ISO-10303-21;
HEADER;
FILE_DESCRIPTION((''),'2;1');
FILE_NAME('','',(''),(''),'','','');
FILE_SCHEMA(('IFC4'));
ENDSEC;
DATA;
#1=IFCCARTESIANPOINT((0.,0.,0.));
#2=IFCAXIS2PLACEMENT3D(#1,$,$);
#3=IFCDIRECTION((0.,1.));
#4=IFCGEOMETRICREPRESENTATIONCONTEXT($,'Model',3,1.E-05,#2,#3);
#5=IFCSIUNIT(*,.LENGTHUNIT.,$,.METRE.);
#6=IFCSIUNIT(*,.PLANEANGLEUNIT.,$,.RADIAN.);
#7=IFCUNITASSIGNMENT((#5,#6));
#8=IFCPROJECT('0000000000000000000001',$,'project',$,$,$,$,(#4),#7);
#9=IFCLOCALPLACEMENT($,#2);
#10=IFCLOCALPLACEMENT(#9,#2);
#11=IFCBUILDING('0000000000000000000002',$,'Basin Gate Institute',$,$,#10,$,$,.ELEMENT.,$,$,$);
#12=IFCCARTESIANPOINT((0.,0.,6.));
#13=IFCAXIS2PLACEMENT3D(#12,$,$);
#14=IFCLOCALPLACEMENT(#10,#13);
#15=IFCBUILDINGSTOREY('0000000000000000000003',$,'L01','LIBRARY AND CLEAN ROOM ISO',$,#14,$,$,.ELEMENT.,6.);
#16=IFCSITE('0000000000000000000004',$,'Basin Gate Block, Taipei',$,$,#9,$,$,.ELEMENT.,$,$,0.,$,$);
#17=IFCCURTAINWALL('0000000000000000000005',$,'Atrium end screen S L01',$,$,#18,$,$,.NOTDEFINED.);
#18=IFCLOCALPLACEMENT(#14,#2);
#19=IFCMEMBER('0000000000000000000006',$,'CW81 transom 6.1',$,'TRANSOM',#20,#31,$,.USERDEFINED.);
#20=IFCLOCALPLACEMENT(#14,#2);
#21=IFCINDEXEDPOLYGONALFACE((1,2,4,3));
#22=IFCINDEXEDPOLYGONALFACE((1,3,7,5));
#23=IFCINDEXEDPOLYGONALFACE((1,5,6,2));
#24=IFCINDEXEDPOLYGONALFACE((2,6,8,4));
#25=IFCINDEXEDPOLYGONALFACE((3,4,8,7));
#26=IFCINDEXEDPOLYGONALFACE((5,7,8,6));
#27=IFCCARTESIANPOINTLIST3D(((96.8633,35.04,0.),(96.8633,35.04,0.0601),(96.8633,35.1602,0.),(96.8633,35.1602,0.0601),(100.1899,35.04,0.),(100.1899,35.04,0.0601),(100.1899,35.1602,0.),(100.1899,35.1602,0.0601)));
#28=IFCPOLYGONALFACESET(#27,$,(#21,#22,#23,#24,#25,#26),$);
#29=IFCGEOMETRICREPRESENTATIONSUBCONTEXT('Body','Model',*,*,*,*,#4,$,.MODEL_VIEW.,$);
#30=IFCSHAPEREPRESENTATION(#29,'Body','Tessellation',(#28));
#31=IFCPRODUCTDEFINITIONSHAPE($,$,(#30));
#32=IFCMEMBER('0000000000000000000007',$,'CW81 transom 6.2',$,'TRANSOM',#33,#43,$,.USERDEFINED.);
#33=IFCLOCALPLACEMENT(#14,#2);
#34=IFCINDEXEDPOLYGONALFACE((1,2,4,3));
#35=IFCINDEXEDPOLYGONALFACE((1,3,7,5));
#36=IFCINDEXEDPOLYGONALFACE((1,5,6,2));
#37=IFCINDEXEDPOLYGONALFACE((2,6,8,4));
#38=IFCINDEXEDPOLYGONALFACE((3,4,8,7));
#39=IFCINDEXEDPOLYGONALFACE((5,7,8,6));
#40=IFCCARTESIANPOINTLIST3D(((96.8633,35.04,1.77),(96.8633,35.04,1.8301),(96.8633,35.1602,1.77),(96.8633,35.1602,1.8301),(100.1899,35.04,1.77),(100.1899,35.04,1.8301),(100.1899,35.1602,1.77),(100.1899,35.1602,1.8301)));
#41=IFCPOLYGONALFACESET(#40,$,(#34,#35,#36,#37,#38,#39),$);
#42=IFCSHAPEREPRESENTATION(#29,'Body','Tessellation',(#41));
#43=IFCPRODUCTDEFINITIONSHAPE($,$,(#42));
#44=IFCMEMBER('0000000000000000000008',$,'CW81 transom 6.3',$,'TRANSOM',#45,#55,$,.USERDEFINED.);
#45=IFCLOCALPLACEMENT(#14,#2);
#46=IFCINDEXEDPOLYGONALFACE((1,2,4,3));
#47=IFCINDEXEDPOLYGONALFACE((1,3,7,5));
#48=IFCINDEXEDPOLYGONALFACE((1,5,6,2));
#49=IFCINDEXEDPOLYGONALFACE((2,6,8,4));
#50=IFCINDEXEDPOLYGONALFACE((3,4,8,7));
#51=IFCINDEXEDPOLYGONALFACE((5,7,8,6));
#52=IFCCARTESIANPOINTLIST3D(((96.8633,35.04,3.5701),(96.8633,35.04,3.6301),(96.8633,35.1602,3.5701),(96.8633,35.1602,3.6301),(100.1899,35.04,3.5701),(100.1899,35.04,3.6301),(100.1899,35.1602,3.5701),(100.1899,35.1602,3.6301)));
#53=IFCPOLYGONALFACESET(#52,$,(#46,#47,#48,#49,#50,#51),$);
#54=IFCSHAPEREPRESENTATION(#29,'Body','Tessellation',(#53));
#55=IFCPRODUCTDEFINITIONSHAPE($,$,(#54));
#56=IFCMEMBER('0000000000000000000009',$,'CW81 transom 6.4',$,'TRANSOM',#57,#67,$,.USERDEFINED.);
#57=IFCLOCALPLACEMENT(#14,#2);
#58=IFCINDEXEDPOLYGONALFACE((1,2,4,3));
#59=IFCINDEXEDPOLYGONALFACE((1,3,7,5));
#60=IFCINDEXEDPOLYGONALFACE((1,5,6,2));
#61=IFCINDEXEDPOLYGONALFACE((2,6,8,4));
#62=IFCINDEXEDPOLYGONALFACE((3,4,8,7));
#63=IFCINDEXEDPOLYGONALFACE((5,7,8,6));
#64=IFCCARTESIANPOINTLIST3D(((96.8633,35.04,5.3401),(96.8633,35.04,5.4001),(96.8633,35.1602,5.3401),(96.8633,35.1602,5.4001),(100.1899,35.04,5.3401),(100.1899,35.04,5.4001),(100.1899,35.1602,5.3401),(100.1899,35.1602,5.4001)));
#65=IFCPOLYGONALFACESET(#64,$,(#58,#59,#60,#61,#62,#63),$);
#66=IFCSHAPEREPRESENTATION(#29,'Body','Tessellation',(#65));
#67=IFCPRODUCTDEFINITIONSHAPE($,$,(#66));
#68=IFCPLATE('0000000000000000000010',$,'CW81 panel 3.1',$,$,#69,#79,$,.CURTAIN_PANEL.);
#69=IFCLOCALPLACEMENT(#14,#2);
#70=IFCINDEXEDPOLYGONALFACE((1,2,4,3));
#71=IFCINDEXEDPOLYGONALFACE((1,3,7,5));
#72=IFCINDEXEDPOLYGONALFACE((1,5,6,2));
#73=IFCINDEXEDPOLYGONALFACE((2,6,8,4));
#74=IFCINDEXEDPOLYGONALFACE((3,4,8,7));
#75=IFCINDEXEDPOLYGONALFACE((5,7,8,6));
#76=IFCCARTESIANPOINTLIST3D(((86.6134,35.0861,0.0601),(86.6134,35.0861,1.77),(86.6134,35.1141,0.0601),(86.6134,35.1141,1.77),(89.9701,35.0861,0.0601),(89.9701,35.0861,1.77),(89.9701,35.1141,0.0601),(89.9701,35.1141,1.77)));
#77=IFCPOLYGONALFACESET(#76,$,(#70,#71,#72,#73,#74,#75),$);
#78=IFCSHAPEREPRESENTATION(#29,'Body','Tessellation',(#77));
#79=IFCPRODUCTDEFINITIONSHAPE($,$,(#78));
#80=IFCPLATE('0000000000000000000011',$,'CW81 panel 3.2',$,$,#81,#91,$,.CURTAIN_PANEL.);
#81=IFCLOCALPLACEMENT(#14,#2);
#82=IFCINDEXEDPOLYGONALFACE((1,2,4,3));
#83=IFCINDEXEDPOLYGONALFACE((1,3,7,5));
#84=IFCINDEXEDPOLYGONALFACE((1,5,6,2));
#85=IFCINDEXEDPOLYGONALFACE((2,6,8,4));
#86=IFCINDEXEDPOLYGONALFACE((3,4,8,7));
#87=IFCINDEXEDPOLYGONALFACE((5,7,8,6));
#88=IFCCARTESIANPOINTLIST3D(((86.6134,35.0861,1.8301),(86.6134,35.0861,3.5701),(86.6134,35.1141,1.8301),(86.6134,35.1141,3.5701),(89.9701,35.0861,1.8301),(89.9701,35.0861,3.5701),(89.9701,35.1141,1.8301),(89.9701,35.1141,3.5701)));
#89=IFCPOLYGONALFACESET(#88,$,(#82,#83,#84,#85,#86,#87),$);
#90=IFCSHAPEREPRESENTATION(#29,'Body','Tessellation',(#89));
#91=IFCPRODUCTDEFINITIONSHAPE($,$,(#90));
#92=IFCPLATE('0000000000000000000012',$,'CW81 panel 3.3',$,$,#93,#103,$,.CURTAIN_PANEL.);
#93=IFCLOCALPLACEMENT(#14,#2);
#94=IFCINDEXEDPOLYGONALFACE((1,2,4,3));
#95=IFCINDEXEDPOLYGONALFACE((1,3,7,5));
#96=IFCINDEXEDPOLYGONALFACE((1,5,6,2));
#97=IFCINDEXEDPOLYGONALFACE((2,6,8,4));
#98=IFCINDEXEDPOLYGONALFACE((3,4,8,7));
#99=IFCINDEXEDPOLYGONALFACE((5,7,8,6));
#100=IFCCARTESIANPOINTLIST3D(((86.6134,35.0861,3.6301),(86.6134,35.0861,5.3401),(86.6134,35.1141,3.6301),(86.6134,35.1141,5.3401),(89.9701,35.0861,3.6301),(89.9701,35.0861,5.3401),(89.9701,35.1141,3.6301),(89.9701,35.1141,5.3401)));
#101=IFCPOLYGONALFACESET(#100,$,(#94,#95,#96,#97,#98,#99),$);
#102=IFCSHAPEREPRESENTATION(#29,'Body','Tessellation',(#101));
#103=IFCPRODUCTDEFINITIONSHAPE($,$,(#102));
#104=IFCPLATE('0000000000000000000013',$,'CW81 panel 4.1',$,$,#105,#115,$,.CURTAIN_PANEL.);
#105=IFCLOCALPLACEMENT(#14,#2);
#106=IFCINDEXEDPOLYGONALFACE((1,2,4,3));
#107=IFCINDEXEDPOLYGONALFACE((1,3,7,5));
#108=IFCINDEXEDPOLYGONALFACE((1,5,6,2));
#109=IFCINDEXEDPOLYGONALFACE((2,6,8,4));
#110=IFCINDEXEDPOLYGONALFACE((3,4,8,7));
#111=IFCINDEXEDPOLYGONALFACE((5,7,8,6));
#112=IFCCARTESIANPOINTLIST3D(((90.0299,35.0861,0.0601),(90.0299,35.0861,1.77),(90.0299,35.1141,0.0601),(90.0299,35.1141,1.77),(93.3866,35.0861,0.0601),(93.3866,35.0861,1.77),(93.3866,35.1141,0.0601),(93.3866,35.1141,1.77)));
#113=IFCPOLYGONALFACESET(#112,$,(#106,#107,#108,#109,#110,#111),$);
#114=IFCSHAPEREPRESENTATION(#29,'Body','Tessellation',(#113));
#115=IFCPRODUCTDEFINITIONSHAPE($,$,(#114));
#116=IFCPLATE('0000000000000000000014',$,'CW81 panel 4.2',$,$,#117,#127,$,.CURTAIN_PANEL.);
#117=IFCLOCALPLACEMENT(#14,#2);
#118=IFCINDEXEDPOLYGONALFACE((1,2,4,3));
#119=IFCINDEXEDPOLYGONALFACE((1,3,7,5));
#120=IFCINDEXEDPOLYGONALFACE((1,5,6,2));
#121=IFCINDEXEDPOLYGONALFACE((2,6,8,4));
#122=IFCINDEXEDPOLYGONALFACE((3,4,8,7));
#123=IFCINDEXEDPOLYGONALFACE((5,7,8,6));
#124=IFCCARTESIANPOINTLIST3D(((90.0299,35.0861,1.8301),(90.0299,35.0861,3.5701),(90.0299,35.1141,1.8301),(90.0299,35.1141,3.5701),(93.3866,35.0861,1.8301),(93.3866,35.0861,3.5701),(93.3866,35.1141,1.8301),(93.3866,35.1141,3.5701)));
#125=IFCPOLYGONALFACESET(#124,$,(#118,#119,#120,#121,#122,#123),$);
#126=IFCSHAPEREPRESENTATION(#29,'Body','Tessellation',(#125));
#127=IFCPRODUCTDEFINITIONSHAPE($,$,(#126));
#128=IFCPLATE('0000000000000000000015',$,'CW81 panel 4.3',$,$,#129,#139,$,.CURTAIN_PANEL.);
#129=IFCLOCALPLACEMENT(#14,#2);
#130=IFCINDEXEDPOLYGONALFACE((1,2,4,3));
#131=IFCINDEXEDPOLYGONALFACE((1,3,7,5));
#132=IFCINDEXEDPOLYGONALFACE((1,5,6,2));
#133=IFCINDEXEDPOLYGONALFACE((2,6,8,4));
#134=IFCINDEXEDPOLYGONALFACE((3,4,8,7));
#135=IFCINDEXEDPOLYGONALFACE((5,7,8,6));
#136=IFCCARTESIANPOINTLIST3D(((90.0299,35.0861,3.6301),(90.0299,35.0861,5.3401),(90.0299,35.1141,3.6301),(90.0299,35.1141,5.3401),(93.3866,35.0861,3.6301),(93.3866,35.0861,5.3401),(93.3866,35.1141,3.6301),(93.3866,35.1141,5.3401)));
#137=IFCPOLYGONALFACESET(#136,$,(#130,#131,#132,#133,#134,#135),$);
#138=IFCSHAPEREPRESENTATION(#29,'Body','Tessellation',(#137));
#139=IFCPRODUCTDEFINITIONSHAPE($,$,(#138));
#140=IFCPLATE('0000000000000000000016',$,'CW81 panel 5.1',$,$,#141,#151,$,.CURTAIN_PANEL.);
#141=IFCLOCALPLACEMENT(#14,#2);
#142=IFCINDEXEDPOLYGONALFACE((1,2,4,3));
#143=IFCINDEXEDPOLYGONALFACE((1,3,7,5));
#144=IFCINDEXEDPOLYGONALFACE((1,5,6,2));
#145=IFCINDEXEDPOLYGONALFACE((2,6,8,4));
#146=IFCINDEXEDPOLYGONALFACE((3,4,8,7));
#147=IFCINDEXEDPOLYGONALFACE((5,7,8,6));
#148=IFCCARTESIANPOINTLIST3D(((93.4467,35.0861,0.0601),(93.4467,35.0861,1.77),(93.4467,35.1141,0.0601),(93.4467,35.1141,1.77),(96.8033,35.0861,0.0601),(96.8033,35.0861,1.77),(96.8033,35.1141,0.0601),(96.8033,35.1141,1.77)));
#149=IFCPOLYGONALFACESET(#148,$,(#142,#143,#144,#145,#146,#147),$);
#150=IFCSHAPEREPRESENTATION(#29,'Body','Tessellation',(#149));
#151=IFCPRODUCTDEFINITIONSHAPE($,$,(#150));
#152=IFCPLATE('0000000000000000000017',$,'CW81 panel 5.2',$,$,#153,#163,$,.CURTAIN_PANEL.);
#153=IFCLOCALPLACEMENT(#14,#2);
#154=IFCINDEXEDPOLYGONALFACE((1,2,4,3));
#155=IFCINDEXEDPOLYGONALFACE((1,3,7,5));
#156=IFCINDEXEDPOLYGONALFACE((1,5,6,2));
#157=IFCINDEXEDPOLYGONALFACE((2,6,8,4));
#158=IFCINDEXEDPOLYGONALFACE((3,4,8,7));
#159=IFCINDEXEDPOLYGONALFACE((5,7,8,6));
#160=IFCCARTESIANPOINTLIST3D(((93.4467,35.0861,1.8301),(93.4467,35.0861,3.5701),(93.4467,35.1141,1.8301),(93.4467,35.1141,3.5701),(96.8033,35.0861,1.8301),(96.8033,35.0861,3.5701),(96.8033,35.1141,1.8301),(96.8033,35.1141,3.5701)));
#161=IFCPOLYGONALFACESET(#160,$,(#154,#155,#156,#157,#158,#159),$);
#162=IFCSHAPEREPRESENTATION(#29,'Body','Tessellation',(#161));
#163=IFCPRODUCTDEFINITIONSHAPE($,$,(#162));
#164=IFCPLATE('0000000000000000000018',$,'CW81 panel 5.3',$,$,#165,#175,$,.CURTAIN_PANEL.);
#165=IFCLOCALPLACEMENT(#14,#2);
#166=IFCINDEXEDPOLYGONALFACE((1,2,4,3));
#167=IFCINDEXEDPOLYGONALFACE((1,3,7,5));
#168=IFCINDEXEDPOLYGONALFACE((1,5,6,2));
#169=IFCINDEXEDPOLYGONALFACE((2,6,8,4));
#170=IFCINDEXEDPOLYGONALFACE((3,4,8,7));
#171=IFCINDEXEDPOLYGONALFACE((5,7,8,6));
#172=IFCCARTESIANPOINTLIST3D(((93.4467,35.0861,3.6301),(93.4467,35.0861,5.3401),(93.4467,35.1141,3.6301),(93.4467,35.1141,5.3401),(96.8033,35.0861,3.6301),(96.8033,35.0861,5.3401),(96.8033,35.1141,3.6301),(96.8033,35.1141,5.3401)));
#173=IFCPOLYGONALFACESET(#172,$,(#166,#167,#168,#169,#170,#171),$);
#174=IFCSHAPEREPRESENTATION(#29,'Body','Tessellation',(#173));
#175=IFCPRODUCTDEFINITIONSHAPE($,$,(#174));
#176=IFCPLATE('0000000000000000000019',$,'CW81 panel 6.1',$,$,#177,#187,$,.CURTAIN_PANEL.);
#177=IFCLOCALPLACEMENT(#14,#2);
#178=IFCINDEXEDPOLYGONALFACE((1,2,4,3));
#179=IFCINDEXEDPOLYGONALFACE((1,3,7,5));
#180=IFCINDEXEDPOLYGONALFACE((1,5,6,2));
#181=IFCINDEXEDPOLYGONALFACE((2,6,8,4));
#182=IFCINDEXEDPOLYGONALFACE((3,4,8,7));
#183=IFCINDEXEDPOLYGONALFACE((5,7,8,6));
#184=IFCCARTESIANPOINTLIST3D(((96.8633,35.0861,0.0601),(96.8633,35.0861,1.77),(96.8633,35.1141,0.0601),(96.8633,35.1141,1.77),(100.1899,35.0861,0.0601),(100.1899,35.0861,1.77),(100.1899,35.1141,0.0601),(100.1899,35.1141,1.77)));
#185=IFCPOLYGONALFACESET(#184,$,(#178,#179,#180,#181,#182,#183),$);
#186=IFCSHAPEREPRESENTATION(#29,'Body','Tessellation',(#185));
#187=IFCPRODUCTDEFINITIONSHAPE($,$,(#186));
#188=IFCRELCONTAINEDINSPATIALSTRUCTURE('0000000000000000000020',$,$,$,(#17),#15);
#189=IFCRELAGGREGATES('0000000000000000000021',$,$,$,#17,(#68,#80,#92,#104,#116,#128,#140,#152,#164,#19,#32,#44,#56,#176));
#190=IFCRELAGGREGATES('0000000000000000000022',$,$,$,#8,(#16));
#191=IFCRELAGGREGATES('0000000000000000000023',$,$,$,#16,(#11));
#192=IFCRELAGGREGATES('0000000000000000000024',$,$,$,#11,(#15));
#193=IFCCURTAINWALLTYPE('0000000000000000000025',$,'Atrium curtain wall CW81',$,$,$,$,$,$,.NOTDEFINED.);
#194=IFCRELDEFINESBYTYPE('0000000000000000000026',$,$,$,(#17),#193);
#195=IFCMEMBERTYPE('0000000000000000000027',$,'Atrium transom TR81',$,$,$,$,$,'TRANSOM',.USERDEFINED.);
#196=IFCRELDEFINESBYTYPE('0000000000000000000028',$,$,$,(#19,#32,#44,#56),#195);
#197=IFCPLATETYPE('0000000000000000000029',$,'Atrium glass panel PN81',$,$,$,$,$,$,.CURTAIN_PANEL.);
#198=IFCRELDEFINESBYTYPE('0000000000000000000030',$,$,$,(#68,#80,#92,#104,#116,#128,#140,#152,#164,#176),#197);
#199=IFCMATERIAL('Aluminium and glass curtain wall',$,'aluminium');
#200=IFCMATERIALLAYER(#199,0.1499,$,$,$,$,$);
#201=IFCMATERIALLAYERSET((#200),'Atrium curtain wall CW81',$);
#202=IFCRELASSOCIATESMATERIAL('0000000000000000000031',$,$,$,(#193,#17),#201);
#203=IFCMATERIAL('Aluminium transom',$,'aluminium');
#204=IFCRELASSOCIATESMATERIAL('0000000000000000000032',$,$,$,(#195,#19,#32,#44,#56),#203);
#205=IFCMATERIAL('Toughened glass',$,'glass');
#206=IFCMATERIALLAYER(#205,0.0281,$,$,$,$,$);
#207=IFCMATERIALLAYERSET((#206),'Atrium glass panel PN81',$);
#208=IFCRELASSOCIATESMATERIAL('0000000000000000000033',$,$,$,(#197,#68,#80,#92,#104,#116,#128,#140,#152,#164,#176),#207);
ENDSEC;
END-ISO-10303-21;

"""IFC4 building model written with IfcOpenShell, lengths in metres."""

from ifc_helpers import new_model, si_unit, direction, frame, origin, origin_2d, place, context, subcontext, project, spatial, rectangle, extrude, material, layer, layer_set, material_profile, profile_set, type_object, element, aggregate, save


model = new_model("IFC4")

# Units and contexts
model_context = context("Model", 3, precision=1e-05, world=origin(), true_north=direction((0.0, 1.0)))
body_context = subcontext(model_context, "Body", "Model", "MODEL_VIEW")
ifc_project = project(units=[si_unit("LENGTHUNIT", "METRE"), si_unit("PLANEANGLEUNIT", "RADIAN")], contexts=[model_context])

# Site, building, storey
site_placement = place(None, origin())
site = spatial("IfcSite", under=ifc_project, at=site_placement, Name="Basin Gate Block, Taipei", CompositionType="ELEMENT", RefElevation=0.0)
building_placement = place(site_placement, origin())
building = spatial("IfcBuilding", under=site, at=building_placement, Name="Basin Gate Institute", CompositionType="ELEMENT")
storey_placement = place(building_placement, frame((0.0, 0.0, 6.0)))
storey = spatial("IfcBuildingStorey", under=building, at=storey_placement, Name="L01", Description="LIBRARY AND CLEAN ROOM ISO", CompositionType="ELEMENT", Elevation=6.0)

# Curtain wall, members, plates
ifc_material_1 = material(Name="Aluminium and glass curtain wall", Category="aluminium")
ifc_layer_1 = layer(ifc_material_1, 0.1499)
ifc_layer_set_1 = layer_set([ifc_layer_1], Name="Atrium curtain wall CW81")
curtain_wall_type = type_object("IfcCurtainWallType", Name="Atrium curtain wall CW81", PredefinedType="NOTDEFINED", material=ifc_layer_set_1)
curtain_wall_placement = place(storey_placement, origin())
curtain_wall = element("IfcCurtainWall", 1, at=curtain_wall_placement, inside=storey, type_object=curtain_wall_type, material=ifc_layer_set_1, Name="Atrium end screen S L01", PredefinedType="NOTDEFINED")
ifc_material_2 = material(Name="Aluminium transom", Category="aluminium")
ifc_material_profile_1 = material_profile(ifc_material_2, rectangle(XDim=0.1201, YDim=0.0601, at=origin_2d()), Name="Atrium transom TR81 120 x 60")
ifc_profile_set_1 = profile_set([ifc_material_profile_1], Name="Aluminium transom")
member_type_1 = type_object("IfcMemberType", Name="Atrium transom TR81", ElementType="TRANSOM", PredefinedType="USERDEFINED", material=ifc_profile_set_1)
member_1_placement = place(storey_placement, frame((96.8633, 35.1001, 0.03), z_axis=(1.0, 0.0, 0.0), x_axis=(0.0, 1.0, 0.0)))
member_1 = element("IfcMember", 2, at=member_1_placement, type_object=member_type_1, material=ifc_profile_set_1, Name="CW81 transom 6.1", ObjectType="TRANSOM", PredefinedType="USERDEFINED", context=body_context, shape_type="SweptSolid", body=[
    extrude(rectangle(XDim=0.1201, YDim=0.0601, at=origin_2d()), origin(), (0.0, 0.0, 1.0), 3.3267),
])
member_2_placement = place(storey_placement, frame((96.8633, 35.1001, 1.8), z_axis=(1.0, 0.0, 0.0), x_axis=(0.0, 1.0, 0.0)))
member_2 = element("IfcMember", 3, at=member_2_placement, type_object=member_type_1, material=ifc_profile_set_1, Name="CW81 transom 6.2", ObjectType="TRANSOM", PredefinedType="USERDEFINED", context=body_context, shape_type="SweptSolid", body=[
    extrude(rectangle(XDim=0.1201, YDim=0.0601, at=origin_2d()), origin(), (0.0, 0.0, 1.0), 3.3267),
])
member_3_placement = place(storey_placement, frame((96.8633, 35.1001, 3.6001), z_axis=(1.0, 0.0, 0.0), x_axis=(0.0, 1.0, 0.0)))
member_3 = element("IfcMember", 4, at=member_3_placement, type_object=member_type_1, material=ifc_profile_set_1, Name="CW81 transom 6.3", ObjectType="TRANSOM", PredefinedType="USERDEFINED", context=body_context, shape_type="SweptSolid", body=[
    extrude(rectangle(XDim=0.1201, YDim=0.0601, at=origin_2d()), origin(), (0.0, 0.0, 1.0), 3.3267),
])
member_4_placement = place(storey_placement, frame((96.8633, 35.1001, 5.3701), z_axis=(1.0, 0.0, 0.0), x_axis=(0.0, 1.0, 0.0)))
member_4 = element("IfcMember", 5, at=member_4_placement, type_object=member_type_1, material=ifc_profile_set_1, Name="CW81 transom 6.4", ObjectType="TRANSOM", PredefinedType="USERDEFINED", context=body_context, shape_type="SweptSolid", body=[
    extrude(rectangle(XDim=0.1201, YDim=0.0601, at=origin_2d()), origin(), (0.0, 0.0, 1.0), 3.3267),
])
ifc_material_3 = material(Name="Toughened glass", Category="glass")
ifc_layer_2 = layer(ifc_material_3, 0.0281)
ifc_layer_set_2 = layer_set([ifc_layer_2], Name="Atrium glass panel PN81")
plate_type = type_object("IfcPlateType", Name="Atrium glass panel PN81", PredefinedType="CURTAIN_PANEL", material=ifc_layer_set_2)
plate_1_placement = place(storey_placement, frame((88.2917, 35.1001, 0.0601), z_axis=(0.0, 0.0, 1.0), x_axis=(1.0, 0.0, 0.0)))
plate_1 = element("IfcPlate", 6, at=plate_1_placement, type_object=plate_type, material=ifc_layer_set_2, Name="CW81 panel 3.1", PredefinedType="CURTAIN_PANEL", context=body_context, shape_type="SweptSolid", body=[
    extrude(rectangle(XDim=3.3567, YDim=0.0281, at=origin_2d()), origin(), (0.0, 0.0, 1.0), 1.71),
])
plate_2_placement = place(storey_placement, frame((88.2917, 35.1001, 1.8301), z_axis=(0.0, 0.0, 1.0), x_axis=(1.0, 0.0, 0.0)))
plate_2 = element("IfcPlate", 7, at=plate_2_placement, type_object=plate_type, material=ifc_layer_set_2, Name="CW81 panel 3.2", PredefinedType="CURTAIN_PANEL", context=body_context, shape_type="SweptSolid", body=[
    extrude(rectangle(XDim=3.3567, YDim=0.0281, at=origin_2d()), origin(), (0.0, 0.0, 1.0), 1.74),
])
plate_3_placement = place(storey_placement, frame((88.2917, 35.1001, 3.6301), z_axis=(0.0, 0.0, 1.0), x_axis=(1.0, 0.0, 0.0)))
plate_3 = element("IfcPlate", 8, at=plate_3_placement, type_object=plate_type, material=ifc_layer_set_2, Name="CW81 panel 3.3", PredefinedType="CURTAIN_PANEL", context=body_context, shape_type="SweptSolid", body=[
    extrude(rectangle(XDim=3.3567, YDim=0.0281, at=origin_2d()), origin(), (0.0, 0.0, 1.0), 1.71),
])
plate_4_placement = place(storey_placement, frame((91.7083, 35.1001, 0.0601), z_axis=(0.0, 0.0, 1.0), x_axis=(1.0, 0.0, 0.0)))
plate_4 = element("IfcPlate", 9, at=plate_4_placement, type_object=plate_type, material=ifc_layer_set_2, Name="CW81 panel 4.1", PredefinedType="CURTAIN_PANEL", context=body_context, shape_type="SweptSolid", body=[
    extrude(rectangle(XDim=3.3567, YDim=0.0281, at=origin_2d()), origin(), (0.0, 0.0, 1.0), 1.71),
])
plate_5_placement = place(storey_placement, frame((91.7083, 35.1001, 1.8301), z_axis=(0.0, 0.0, 1.0), x_axis=(1.0, 0.0, 0.0)))
plate_5 = element("IfcPlate", 10, at=plate_5_placement, type_object=plate_type, material=ifc_layer_set_2, Name="CW81 panel 4.2", PredefinedType="CURTAIN_PANEL", context=body_context, shape_type="SweptSolid", body=[
    extrude(rectangle(XDim=3.3567, YDim=0.0281, at=origin_2d()), origin(), (0.0, 0.0, 1.0), 1.74),
])
plate_6_placement = place(storey_placement, frame((91.7083, 35.1001, 3.6301), z_axis=(0.0, 0.0, 1.0), x_axis=(1.0, 0.0, 0.0)))
plate_6 = element("IfcPlate", 11, at=plate_6_placement, type_object=plate_type, material=ifc_layer_set_2, Name="CW81 panel 4.3", PredefinedType="CURTAIN_PANEL", context=body_context, shape_type="SweptSolid", body=[
    extrude(rectangle(XDim=3.3567, YDim=0.0281, at=origin_2d()), origin(), (0.0, 0.0, 1.0), 1.71),
])
plate_7_placement = place(storey_placement, frame((95.125, 35.1001, 0.0601), z_axis=(0.0, 0.0, 1.0), x_axis=(1.0, 0.0, 0.0)))
plate_7 = element("IfcPlate", 12, at=plate_7_placement, type_object=plate_type, material=ifc_layer_set_2, Name="CW81 panel 5.1", PredefinedType="CURTAIN_PANEL", context=body_context, shape_type="SweptSolid", body=[
    extrude(rectangle(XDim=3.3567, YDim=0.0281, at=origin_2d()), origin(), (0.0, 0.0, 1.0), 1.71),
])
plate_8_placement = place(storey_placement, frame((95.125, 35.1001, 1.8301), z_axis=(0.0, 0.0, 1.0), x_axis=(1.0, 0.0, 0.0)))
plate_8 = element("IfcPlate", 13, at=plate_8_placement, type_object=plate_type, material=ifc_layer_set_2, Name="CW81 panel 5.2", PredefinedType="CURTAIN_PANEL", context=body_context, shape_type="SweptSolid", body=[
    extrude(rectangle(XDim=3.3567, YDim=0.0281, at=origin_2d()), origin(), (0.0, 0.0, 1.0), 1.74),
])
plate_9_placement = place(storey_placement, frame((95.125, 35.1001, 3.6301), z_axis=(0.0, 0.0, 1.0), x_axis=(1.0, 0.0, 0.0)))
plate_9 = element("IfcPlate", 14, at=plate_9_placement, type_object=plate_type, material=ifc_layer_set_2, Name="CW81 panel 5.3", PredefinedType="CURTAIN_PANEL", context=body_context, shape_type="SweptSolid", body=[
    extrude(rectangle(XDim=3.3567, YDim=0.0281, at=origin_2d()), origin(), (0.0, 0.0, 1.0), 1.71),
])
plate_10_placement = place(storey_placement, frame((98.5266, 35.1001, 0.0601), z_axis=(0.0, 0.0, 1.0), x_axis=(1.0, 0.0, 0.0)))
plate_10 = element("IfcPlate", 15, at=plate_10_placement, type_object=plate_type, material=ifc_layer_set_2, Name="CW81 panel 6.1", PredefinedType="CURTAIN_PANEL", context=body_context, shape_type="SweptSolid", body=[
    extrude(rectangle(XDim=3.3267, YDim=0.0281, at=origin_2d()), origin(), (0.0, 0.0, 1.0), 1.71),
])
aggregate(curtain_wall, [plate_1, plate_2, plate_3, plate_4, plate_5, plate_6, plate_7, plate_8, plate_9, member_1, member_2, member_3, member_4, plate_10])

save(model, "model.ifc")
